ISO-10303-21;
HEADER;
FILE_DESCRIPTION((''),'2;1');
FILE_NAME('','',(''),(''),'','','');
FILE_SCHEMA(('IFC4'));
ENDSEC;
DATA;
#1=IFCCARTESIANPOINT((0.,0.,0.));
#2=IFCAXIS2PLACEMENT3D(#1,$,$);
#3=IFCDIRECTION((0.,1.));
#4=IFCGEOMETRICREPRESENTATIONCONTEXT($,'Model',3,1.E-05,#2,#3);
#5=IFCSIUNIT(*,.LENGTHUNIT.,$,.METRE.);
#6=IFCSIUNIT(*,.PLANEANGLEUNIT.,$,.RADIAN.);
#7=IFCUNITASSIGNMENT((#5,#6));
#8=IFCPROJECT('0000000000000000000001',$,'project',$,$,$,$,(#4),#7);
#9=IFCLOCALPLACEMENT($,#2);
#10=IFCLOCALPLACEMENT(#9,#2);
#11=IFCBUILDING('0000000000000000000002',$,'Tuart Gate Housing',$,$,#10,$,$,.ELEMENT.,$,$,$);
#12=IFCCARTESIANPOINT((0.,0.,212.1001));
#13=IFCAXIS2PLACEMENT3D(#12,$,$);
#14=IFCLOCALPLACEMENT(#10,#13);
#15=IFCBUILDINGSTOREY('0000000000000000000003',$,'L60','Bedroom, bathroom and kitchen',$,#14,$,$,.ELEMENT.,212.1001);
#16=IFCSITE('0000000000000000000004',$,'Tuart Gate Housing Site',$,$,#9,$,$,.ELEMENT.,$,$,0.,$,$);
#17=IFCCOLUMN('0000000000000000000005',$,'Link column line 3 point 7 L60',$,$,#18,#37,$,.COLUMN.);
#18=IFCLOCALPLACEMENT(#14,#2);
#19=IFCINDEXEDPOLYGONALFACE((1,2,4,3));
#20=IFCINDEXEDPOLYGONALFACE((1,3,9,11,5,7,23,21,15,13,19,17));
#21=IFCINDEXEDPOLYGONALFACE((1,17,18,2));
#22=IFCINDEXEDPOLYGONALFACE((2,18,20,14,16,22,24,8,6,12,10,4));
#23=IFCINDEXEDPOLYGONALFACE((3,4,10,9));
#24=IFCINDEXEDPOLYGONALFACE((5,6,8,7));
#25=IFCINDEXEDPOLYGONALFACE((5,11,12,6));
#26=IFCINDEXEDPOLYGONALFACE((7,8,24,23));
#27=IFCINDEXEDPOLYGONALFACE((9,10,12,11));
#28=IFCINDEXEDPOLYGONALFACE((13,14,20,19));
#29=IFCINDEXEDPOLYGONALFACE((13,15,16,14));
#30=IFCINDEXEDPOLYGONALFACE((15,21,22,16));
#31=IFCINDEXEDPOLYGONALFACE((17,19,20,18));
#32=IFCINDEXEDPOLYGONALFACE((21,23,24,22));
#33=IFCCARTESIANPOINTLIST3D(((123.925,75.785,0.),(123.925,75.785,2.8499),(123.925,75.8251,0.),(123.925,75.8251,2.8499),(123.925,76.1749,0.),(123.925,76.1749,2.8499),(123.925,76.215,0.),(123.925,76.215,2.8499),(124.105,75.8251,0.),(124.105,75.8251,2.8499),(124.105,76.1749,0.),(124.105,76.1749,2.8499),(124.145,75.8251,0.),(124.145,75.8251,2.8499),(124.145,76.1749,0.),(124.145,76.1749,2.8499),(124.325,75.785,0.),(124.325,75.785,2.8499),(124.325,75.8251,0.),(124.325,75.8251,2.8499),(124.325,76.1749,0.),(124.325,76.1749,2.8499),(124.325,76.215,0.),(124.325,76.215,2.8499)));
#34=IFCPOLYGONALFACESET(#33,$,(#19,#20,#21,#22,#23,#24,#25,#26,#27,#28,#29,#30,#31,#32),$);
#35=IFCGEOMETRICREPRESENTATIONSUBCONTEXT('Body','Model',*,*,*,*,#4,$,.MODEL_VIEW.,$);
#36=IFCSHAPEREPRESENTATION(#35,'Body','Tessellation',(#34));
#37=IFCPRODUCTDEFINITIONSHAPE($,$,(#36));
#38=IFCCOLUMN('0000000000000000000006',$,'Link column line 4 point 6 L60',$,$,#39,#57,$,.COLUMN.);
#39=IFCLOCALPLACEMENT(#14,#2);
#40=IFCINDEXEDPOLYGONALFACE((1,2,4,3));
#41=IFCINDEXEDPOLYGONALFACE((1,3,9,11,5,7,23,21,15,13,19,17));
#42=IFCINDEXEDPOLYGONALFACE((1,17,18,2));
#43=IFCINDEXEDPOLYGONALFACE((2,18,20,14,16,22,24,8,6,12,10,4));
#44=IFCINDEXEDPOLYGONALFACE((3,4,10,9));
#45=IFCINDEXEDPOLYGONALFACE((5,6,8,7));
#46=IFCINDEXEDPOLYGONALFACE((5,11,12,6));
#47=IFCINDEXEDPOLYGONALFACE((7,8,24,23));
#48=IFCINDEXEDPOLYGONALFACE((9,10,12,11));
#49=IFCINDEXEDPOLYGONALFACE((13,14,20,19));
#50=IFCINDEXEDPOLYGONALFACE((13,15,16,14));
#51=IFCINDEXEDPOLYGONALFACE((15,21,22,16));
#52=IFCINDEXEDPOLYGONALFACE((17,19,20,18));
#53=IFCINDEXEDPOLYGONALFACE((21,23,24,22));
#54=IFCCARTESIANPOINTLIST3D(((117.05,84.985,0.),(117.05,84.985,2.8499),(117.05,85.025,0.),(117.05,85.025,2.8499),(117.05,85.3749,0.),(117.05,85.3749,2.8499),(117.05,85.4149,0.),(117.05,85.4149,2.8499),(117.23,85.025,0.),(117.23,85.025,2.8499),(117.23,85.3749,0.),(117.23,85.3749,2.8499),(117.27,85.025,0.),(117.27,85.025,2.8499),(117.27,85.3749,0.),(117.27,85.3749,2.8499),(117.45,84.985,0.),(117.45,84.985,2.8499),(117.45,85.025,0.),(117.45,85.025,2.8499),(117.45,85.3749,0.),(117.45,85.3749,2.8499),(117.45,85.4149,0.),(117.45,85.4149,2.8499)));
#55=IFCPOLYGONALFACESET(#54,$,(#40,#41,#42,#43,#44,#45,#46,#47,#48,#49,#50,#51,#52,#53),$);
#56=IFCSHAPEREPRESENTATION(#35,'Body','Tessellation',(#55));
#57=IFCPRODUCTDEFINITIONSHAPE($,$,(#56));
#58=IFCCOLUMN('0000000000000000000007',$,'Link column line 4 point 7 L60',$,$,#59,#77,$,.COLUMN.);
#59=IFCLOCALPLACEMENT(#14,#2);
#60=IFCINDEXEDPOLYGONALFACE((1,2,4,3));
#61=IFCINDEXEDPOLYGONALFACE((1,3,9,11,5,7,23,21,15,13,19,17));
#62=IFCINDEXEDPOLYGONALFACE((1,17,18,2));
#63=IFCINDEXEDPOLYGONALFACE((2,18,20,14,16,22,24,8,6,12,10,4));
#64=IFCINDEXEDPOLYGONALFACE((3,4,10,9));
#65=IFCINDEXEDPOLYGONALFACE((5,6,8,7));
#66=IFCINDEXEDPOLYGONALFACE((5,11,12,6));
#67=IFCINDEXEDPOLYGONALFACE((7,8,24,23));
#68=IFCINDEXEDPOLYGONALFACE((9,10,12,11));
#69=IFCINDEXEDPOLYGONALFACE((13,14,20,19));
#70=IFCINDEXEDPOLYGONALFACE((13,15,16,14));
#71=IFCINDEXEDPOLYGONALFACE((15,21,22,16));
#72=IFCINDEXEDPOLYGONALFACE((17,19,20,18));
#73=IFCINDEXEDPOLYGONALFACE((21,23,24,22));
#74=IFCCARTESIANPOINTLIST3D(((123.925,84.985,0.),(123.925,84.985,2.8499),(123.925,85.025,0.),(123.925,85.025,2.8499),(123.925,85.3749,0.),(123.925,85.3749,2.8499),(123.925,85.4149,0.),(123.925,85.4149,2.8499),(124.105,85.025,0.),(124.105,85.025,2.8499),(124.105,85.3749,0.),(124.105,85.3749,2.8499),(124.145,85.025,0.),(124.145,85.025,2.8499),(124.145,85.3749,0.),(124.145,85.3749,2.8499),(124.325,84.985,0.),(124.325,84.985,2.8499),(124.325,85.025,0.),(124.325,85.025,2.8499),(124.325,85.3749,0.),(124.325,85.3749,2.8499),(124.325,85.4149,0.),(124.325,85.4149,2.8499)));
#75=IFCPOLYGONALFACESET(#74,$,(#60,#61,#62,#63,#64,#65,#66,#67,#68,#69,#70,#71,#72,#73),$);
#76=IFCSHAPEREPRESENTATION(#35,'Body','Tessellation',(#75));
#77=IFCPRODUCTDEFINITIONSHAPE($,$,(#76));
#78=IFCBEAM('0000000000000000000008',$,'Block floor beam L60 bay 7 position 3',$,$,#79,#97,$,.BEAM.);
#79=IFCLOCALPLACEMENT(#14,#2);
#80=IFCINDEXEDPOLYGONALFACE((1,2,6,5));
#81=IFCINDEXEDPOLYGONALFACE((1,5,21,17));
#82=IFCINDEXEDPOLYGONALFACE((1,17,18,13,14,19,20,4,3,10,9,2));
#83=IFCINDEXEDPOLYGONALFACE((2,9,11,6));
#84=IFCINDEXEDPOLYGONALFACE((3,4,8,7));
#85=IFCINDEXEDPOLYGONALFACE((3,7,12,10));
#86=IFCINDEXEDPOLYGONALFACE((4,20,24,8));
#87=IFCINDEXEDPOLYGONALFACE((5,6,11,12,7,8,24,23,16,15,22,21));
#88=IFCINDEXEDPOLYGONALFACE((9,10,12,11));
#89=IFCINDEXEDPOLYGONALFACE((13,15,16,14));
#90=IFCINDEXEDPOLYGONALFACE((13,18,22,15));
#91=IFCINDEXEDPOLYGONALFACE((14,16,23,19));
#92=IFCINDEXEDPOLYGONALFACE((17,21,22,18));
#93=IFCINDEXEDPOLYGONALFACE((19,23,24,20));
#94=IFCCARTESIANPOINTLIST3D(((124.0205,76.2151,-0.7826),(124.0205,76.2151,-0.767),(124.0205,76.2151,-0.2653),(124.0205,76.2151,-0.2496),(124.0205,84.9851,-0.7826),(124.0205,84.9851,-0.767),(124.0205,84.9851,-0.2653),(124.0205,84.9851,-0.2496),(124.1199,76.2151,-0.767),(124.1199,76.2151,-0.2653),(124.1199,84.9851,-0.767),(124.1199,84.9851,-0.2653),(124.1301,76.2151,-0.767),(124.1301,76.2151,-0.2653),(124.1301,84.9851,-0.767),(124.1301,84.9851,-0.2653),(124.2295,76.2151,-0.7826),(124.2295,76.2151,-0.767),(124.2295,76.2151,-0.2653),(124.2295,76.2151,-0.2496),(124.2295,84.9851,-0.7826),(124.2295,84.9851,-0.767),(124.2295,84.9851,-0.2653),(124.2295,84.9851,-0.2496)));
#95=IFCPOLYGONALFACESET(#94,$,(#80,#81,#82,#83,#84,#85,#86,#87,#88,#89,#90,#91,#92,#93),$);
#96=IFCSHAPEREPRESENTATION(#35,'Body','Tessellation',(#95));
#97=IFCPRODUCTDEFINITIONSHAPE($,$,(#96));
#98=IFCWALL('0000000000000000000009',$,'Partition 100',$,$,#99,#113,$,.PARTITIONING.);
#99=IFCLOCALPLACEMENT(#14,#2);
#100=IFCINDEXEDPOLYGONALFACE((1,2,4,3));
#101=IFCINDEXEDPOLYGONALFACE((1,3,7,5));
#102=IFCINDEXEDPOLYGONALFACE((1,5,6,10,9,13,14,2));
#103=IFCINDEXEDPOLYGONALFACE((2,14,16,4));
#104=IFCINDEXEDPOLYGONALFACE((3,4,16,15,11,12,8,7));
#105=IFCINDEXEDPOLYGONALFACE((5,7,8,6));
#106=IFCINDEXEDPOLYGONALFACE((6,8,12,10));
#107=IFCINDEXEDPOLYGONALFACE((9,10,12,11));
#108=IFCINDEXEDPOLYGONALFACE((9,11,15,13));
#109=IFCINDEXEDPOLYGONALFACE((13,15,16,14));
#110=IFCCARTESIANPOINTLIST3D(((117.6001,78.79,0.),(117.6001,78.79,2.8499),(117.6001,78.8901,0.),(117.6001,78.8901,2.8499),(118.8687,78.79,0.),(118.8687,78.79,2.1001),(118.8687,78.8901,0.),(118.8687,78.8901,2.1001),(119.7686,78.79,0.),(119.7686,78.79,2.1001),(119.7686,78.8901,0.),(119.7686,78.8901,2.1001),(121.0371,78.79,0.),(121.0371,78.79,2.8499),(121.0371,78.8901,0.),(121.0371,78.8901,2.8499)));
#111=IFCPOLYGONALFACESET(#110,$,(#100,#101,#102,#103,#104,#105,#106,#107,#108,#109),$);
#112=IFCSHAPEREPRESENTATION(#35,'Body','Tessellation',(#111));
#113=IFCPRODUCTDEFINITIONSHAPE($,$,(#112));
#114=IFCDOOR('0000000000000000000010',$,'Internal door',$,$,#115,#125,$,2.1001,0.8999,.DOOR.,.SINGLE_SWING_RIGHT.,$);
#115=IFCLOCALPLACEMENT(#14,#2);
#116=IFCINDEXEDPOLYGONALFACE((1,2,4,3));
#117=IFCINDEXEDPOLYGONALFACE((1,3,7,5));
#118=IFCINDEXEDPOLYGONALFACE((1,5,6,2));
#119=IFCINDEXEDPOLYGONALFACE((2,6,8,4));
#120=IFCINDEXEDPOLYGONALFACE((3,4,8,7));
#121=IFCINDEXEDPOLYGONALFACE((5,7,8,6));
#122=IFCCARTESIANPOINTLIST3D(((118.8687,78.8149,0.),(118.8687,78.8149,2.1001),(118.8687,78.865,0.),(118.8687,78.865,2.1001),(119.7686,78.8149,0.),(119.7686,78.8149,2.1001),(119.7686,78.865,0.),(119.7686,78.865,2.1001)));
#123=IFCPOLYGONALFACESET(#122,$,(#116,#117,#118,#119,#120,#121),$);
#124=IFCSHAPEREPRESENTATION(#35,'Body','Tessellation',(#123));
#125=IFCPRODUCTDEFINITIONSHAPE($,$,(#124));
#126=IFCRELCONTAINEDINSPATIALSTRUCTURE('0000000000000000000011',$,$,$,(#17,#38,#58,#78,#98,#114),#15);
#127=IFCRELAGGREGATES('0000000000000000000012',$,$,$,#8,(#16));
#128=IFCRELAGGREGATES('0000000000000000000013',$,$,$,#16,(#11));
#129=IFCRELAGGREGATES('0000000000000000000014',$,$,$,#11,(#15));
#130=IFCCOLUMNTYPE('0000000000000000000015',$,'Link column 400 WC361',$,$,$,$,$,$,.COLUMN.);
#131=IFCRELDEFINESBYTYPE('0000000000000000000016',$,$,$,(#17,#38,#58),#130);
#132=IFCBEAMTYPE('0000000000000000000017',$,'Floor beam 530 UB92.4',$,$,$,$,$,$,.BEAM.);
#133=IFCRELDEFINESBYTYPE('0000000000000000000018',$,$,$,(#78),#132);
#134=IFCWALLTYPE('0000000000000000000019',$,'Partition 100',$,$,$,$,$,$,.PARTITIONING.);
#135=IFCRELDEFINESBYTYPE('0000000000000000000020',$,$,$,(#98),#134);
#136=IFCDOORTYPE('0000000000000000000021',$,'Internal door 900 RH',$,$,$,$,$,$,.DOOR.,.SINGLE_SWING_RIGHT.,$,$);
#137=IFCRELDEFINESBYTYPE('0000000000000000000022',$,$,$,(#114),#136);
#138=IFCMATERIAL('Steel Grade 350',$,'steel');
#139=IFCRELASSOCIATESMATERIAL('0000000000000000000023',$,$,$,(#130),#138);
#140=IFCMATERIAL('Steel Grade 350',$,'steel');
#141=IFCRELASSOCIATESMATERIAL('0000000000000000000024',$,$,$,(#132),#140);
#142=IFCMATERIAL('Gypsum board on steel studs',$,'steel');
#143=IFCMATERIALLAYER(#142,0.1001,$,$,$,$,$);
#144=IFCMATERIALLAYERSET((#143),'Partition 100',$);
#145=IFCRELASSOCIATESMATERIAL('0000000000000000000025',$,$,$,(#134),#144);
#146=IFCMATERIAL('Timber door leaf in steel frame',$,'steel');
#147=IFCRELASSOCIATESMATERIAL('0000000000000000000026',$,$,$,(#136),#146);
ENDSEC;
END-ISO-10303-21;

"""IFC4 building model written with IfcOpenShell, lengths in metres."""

from ifc_helpers import new_model, si_unit, direction, frame, frame_2d, origin, origin_2d, place, context, subcontext, project, spatial, rectangle, i_section, extrude, material, layer, layer_set, material_profile, profile_set, type_object, element, fill, save


model = new_model("IFC4")

# Units and contexts
model_context = context("Model", 3, precision=1e-05, world=origin(), true_north=direction((0.0, 1.0)))
body_context = subcontext(model_context, "Body", "Model", "MODEL_VIEW")
ifc_project = project(units=[si_unit("LENGTHUNIT", "METRE"), si_unit("PLANEANGLEUNIT", "RADIAN")], contexts=[model_context])

# Site, building, storey
site_placement = place(None, origin())
site = spatial("IfcSite", under=ifc_project, at=site_placement, Name="Tuart Gate Housing Site", CompositionType="ELEMENT", RefElevation=0.0)
building_placement = place(site_placement, origin())
building = spatial("IfcBuilding", under=site, at=building_placement, Name="Tuart Gate Housing", CompositionType="ELEMENT")
storey_placement = place(building_placement, frame((0.0, 0.0, 212.1001)))
storey = spatial("IfcBuildingStorey", under=building, at=storey_placement, Name="L60", Description="Bedroom, bathroom and kitchen", CompositionType="ELEMENT", Elevation=212.1001)

# Columns
ifc_material_1 = material(Name="Steel Grade 350", Category="steel")
ifc_material_profile_1 = material_profile(ifc_material_1, i_section(OverallWidth=0.3999, OverallDepth=0.4299, WebThickness=0.04, FlangeThickness=0.04, at=origin_2d()), Name="400WC361")
ifc_profile_set_1 = profile_set([ifc_material_profile_1], Name="Steel Grade 350")
column_type = type_object("IfcColumnType", Name="Link column 400 WC361", PredefinedType="COLUMN", material=ifc_profile_set_1)
for number, where, z_axis, x_axis, name in (
    (1, (124.125, 76.0, 0.0), (0.0, 0.0, 1.0), (1.0, 0.0, 0.0), "Link column line 3 point 7 L60"),
    (2, (117.25, 85.2, 0.0), (0.0, 0.0, 1.0), (1.0, 0.0, 0.0), "Link column line 4 point 6 L60"),
    (3, (124.125, 85.2, 0.0), (0.0, 0.0, 1.0), (1.0, 0.0, 0.0), "Link column line 4 point 7 L60"),
):
    element("IfcColumn", number, at=place(storey_placement, frame(where, z_axis=z_axis, x_axis=x_axis)), inside=storey, type_object=column_type, Name=name, PredefinedType="COLUMN", context=body_context, shape_type="SweptSolid", body=[
        extrude(i_section(OverallWidth=0.3999, OverallDepth=0.4299, WebThickness=0.04, FlangeThickness=0.04, at=origin_2d()), origin(), (0.0, 0.0, 1.0), 2.8499),
    ])

# Beam
ifc_material_2 = material(Name="Steel Grade 350", Category="steel")
ifc_material_profile_2 = material_profile(ifc_material_2, i_section(OverallWidth=0.209, OverallDepth=0.533, WebThickness=0.0103, FlangeThickness=0.0156, at=origin_2d()), Name="530UB92.4")
ifc_profile_set_2 = profile_set([ifc_material_profile_2], Name="Steel Grade 350")
beam_type = type_object("IfcBeamType", Name="Floor beam 530 UB92.4", PredefinedType="BEAM", material=ifc_profile_set_2)
beam_placement = place(storey_placement, frame((124.125, 76.2151, -0.5161), z_axis=(0.0, 1.0, 0.0), x_axis=(-1.0, 0.0, 0.0)))
element("IfcBeam", 4, at=beam_placement, inside=storey, type_object=beam_type, Name="Block floor beam L60 bay 7 position 3", PredefinedType="BEAM", context=body_context, shape_type="SweptSolid", body=[
    extrude(i_section(OverallWidth=0.209, OverallDepth=0.533, WebThickness=0.0103, FlangeThickness=0.0156, at=origin_2d()), origin(), (0.0, 0.0, 1.0), 8.77),
])

# Wall, opening, door
ifc_material_3 = material(Name="Gypsum board on steel studs", Category="steel")
ifc_layer = layer(ifc_material_3, 0.1001)
ifc_layer_set = layer_set([ifc_layer], Name="Partition 100")
wall_type = type_object("IfcWallType", Name="Partition 100", PredefinedType="PARTITIONING", material=ifc_layer_set)
wall_placement = place(storey_placement, frame((117.6001, 78.8401, 0.0), z_axis=(0.0, 0.0, 1.0), x_axis=(1.0, 0.0, 0.0)))
wall = element("IfcWall", 5, at=wall_placement, inside=storey, type_object=wall_type, Name="Partition 100", PredefinedType="PARTITIONING", context=body_context, shape_type="SweptSolid", body=[
    extrude(rectangle(XDim=3.437, YDim=0.1001, at=frame_2d((1.7185, 0.0))), origin(), (0.0, 0.0, 1.0), 2.8499),
])
opening_placement = place(wall_placement, frame((1.2686, 0.0, 0.0)))
opening = element("IfcOpeningElement", 6, at=opening_placement, cuts=wall, PredefinedType="OPENING", context=body_context, shape_type="SweptSolid", body=[
    extrude(rectangle(XDim=0.8999, YDim=2.1001, at=frame_2d((0.45, 1.05))), frame((0.0, 0.0601, 0.0), z_axis=(0.0, -1.0, 0.0), x_axis=(1.0, 0.0, 0.0)), (0.0, 0.0, 1.0), 0.1201),
])
ifc_material_4 = material(Name="Timber door leaf in steel frame", Category="steel")
door_type = type_object("IfcDoorType", Name="Internal door 900 RH", OperationType="SINGLE_SWING_RIGHT", PredefinedType="DOOR", material=ifc_material_4)
door_placement = place(opening_placement, frame((0.8999, 0.0, 0.0), z_axis=(0.0, 0.0, 1.0), x_axis=(-1.0, 0.0, 0.0)))
door = element("IfcDoor", 7, at=door_placement, inside=storey, type_object=door_type, Name="Internal door", OperationType="SINGLE_SWING_RIGHT", OverallHeight=2.1001, OverallWidth=0.8999, PredefinedType="DOOR", context=body_context, shape_type="SweptSolid", body=[
    extrude(rectangle(XDim=0.8999, YDim=2.1001, at=frame_2d((0.45, 1.05))), frame((0.0, 0.0251, 0.0), z_axis=(0.0, -1.0, 0.0), x_axis=(1.0, 0.0, 0.0)), (0.0, 0.0, 1.0), 0.05),
])
fill(opening, door)

save(model, "model.ifc")
